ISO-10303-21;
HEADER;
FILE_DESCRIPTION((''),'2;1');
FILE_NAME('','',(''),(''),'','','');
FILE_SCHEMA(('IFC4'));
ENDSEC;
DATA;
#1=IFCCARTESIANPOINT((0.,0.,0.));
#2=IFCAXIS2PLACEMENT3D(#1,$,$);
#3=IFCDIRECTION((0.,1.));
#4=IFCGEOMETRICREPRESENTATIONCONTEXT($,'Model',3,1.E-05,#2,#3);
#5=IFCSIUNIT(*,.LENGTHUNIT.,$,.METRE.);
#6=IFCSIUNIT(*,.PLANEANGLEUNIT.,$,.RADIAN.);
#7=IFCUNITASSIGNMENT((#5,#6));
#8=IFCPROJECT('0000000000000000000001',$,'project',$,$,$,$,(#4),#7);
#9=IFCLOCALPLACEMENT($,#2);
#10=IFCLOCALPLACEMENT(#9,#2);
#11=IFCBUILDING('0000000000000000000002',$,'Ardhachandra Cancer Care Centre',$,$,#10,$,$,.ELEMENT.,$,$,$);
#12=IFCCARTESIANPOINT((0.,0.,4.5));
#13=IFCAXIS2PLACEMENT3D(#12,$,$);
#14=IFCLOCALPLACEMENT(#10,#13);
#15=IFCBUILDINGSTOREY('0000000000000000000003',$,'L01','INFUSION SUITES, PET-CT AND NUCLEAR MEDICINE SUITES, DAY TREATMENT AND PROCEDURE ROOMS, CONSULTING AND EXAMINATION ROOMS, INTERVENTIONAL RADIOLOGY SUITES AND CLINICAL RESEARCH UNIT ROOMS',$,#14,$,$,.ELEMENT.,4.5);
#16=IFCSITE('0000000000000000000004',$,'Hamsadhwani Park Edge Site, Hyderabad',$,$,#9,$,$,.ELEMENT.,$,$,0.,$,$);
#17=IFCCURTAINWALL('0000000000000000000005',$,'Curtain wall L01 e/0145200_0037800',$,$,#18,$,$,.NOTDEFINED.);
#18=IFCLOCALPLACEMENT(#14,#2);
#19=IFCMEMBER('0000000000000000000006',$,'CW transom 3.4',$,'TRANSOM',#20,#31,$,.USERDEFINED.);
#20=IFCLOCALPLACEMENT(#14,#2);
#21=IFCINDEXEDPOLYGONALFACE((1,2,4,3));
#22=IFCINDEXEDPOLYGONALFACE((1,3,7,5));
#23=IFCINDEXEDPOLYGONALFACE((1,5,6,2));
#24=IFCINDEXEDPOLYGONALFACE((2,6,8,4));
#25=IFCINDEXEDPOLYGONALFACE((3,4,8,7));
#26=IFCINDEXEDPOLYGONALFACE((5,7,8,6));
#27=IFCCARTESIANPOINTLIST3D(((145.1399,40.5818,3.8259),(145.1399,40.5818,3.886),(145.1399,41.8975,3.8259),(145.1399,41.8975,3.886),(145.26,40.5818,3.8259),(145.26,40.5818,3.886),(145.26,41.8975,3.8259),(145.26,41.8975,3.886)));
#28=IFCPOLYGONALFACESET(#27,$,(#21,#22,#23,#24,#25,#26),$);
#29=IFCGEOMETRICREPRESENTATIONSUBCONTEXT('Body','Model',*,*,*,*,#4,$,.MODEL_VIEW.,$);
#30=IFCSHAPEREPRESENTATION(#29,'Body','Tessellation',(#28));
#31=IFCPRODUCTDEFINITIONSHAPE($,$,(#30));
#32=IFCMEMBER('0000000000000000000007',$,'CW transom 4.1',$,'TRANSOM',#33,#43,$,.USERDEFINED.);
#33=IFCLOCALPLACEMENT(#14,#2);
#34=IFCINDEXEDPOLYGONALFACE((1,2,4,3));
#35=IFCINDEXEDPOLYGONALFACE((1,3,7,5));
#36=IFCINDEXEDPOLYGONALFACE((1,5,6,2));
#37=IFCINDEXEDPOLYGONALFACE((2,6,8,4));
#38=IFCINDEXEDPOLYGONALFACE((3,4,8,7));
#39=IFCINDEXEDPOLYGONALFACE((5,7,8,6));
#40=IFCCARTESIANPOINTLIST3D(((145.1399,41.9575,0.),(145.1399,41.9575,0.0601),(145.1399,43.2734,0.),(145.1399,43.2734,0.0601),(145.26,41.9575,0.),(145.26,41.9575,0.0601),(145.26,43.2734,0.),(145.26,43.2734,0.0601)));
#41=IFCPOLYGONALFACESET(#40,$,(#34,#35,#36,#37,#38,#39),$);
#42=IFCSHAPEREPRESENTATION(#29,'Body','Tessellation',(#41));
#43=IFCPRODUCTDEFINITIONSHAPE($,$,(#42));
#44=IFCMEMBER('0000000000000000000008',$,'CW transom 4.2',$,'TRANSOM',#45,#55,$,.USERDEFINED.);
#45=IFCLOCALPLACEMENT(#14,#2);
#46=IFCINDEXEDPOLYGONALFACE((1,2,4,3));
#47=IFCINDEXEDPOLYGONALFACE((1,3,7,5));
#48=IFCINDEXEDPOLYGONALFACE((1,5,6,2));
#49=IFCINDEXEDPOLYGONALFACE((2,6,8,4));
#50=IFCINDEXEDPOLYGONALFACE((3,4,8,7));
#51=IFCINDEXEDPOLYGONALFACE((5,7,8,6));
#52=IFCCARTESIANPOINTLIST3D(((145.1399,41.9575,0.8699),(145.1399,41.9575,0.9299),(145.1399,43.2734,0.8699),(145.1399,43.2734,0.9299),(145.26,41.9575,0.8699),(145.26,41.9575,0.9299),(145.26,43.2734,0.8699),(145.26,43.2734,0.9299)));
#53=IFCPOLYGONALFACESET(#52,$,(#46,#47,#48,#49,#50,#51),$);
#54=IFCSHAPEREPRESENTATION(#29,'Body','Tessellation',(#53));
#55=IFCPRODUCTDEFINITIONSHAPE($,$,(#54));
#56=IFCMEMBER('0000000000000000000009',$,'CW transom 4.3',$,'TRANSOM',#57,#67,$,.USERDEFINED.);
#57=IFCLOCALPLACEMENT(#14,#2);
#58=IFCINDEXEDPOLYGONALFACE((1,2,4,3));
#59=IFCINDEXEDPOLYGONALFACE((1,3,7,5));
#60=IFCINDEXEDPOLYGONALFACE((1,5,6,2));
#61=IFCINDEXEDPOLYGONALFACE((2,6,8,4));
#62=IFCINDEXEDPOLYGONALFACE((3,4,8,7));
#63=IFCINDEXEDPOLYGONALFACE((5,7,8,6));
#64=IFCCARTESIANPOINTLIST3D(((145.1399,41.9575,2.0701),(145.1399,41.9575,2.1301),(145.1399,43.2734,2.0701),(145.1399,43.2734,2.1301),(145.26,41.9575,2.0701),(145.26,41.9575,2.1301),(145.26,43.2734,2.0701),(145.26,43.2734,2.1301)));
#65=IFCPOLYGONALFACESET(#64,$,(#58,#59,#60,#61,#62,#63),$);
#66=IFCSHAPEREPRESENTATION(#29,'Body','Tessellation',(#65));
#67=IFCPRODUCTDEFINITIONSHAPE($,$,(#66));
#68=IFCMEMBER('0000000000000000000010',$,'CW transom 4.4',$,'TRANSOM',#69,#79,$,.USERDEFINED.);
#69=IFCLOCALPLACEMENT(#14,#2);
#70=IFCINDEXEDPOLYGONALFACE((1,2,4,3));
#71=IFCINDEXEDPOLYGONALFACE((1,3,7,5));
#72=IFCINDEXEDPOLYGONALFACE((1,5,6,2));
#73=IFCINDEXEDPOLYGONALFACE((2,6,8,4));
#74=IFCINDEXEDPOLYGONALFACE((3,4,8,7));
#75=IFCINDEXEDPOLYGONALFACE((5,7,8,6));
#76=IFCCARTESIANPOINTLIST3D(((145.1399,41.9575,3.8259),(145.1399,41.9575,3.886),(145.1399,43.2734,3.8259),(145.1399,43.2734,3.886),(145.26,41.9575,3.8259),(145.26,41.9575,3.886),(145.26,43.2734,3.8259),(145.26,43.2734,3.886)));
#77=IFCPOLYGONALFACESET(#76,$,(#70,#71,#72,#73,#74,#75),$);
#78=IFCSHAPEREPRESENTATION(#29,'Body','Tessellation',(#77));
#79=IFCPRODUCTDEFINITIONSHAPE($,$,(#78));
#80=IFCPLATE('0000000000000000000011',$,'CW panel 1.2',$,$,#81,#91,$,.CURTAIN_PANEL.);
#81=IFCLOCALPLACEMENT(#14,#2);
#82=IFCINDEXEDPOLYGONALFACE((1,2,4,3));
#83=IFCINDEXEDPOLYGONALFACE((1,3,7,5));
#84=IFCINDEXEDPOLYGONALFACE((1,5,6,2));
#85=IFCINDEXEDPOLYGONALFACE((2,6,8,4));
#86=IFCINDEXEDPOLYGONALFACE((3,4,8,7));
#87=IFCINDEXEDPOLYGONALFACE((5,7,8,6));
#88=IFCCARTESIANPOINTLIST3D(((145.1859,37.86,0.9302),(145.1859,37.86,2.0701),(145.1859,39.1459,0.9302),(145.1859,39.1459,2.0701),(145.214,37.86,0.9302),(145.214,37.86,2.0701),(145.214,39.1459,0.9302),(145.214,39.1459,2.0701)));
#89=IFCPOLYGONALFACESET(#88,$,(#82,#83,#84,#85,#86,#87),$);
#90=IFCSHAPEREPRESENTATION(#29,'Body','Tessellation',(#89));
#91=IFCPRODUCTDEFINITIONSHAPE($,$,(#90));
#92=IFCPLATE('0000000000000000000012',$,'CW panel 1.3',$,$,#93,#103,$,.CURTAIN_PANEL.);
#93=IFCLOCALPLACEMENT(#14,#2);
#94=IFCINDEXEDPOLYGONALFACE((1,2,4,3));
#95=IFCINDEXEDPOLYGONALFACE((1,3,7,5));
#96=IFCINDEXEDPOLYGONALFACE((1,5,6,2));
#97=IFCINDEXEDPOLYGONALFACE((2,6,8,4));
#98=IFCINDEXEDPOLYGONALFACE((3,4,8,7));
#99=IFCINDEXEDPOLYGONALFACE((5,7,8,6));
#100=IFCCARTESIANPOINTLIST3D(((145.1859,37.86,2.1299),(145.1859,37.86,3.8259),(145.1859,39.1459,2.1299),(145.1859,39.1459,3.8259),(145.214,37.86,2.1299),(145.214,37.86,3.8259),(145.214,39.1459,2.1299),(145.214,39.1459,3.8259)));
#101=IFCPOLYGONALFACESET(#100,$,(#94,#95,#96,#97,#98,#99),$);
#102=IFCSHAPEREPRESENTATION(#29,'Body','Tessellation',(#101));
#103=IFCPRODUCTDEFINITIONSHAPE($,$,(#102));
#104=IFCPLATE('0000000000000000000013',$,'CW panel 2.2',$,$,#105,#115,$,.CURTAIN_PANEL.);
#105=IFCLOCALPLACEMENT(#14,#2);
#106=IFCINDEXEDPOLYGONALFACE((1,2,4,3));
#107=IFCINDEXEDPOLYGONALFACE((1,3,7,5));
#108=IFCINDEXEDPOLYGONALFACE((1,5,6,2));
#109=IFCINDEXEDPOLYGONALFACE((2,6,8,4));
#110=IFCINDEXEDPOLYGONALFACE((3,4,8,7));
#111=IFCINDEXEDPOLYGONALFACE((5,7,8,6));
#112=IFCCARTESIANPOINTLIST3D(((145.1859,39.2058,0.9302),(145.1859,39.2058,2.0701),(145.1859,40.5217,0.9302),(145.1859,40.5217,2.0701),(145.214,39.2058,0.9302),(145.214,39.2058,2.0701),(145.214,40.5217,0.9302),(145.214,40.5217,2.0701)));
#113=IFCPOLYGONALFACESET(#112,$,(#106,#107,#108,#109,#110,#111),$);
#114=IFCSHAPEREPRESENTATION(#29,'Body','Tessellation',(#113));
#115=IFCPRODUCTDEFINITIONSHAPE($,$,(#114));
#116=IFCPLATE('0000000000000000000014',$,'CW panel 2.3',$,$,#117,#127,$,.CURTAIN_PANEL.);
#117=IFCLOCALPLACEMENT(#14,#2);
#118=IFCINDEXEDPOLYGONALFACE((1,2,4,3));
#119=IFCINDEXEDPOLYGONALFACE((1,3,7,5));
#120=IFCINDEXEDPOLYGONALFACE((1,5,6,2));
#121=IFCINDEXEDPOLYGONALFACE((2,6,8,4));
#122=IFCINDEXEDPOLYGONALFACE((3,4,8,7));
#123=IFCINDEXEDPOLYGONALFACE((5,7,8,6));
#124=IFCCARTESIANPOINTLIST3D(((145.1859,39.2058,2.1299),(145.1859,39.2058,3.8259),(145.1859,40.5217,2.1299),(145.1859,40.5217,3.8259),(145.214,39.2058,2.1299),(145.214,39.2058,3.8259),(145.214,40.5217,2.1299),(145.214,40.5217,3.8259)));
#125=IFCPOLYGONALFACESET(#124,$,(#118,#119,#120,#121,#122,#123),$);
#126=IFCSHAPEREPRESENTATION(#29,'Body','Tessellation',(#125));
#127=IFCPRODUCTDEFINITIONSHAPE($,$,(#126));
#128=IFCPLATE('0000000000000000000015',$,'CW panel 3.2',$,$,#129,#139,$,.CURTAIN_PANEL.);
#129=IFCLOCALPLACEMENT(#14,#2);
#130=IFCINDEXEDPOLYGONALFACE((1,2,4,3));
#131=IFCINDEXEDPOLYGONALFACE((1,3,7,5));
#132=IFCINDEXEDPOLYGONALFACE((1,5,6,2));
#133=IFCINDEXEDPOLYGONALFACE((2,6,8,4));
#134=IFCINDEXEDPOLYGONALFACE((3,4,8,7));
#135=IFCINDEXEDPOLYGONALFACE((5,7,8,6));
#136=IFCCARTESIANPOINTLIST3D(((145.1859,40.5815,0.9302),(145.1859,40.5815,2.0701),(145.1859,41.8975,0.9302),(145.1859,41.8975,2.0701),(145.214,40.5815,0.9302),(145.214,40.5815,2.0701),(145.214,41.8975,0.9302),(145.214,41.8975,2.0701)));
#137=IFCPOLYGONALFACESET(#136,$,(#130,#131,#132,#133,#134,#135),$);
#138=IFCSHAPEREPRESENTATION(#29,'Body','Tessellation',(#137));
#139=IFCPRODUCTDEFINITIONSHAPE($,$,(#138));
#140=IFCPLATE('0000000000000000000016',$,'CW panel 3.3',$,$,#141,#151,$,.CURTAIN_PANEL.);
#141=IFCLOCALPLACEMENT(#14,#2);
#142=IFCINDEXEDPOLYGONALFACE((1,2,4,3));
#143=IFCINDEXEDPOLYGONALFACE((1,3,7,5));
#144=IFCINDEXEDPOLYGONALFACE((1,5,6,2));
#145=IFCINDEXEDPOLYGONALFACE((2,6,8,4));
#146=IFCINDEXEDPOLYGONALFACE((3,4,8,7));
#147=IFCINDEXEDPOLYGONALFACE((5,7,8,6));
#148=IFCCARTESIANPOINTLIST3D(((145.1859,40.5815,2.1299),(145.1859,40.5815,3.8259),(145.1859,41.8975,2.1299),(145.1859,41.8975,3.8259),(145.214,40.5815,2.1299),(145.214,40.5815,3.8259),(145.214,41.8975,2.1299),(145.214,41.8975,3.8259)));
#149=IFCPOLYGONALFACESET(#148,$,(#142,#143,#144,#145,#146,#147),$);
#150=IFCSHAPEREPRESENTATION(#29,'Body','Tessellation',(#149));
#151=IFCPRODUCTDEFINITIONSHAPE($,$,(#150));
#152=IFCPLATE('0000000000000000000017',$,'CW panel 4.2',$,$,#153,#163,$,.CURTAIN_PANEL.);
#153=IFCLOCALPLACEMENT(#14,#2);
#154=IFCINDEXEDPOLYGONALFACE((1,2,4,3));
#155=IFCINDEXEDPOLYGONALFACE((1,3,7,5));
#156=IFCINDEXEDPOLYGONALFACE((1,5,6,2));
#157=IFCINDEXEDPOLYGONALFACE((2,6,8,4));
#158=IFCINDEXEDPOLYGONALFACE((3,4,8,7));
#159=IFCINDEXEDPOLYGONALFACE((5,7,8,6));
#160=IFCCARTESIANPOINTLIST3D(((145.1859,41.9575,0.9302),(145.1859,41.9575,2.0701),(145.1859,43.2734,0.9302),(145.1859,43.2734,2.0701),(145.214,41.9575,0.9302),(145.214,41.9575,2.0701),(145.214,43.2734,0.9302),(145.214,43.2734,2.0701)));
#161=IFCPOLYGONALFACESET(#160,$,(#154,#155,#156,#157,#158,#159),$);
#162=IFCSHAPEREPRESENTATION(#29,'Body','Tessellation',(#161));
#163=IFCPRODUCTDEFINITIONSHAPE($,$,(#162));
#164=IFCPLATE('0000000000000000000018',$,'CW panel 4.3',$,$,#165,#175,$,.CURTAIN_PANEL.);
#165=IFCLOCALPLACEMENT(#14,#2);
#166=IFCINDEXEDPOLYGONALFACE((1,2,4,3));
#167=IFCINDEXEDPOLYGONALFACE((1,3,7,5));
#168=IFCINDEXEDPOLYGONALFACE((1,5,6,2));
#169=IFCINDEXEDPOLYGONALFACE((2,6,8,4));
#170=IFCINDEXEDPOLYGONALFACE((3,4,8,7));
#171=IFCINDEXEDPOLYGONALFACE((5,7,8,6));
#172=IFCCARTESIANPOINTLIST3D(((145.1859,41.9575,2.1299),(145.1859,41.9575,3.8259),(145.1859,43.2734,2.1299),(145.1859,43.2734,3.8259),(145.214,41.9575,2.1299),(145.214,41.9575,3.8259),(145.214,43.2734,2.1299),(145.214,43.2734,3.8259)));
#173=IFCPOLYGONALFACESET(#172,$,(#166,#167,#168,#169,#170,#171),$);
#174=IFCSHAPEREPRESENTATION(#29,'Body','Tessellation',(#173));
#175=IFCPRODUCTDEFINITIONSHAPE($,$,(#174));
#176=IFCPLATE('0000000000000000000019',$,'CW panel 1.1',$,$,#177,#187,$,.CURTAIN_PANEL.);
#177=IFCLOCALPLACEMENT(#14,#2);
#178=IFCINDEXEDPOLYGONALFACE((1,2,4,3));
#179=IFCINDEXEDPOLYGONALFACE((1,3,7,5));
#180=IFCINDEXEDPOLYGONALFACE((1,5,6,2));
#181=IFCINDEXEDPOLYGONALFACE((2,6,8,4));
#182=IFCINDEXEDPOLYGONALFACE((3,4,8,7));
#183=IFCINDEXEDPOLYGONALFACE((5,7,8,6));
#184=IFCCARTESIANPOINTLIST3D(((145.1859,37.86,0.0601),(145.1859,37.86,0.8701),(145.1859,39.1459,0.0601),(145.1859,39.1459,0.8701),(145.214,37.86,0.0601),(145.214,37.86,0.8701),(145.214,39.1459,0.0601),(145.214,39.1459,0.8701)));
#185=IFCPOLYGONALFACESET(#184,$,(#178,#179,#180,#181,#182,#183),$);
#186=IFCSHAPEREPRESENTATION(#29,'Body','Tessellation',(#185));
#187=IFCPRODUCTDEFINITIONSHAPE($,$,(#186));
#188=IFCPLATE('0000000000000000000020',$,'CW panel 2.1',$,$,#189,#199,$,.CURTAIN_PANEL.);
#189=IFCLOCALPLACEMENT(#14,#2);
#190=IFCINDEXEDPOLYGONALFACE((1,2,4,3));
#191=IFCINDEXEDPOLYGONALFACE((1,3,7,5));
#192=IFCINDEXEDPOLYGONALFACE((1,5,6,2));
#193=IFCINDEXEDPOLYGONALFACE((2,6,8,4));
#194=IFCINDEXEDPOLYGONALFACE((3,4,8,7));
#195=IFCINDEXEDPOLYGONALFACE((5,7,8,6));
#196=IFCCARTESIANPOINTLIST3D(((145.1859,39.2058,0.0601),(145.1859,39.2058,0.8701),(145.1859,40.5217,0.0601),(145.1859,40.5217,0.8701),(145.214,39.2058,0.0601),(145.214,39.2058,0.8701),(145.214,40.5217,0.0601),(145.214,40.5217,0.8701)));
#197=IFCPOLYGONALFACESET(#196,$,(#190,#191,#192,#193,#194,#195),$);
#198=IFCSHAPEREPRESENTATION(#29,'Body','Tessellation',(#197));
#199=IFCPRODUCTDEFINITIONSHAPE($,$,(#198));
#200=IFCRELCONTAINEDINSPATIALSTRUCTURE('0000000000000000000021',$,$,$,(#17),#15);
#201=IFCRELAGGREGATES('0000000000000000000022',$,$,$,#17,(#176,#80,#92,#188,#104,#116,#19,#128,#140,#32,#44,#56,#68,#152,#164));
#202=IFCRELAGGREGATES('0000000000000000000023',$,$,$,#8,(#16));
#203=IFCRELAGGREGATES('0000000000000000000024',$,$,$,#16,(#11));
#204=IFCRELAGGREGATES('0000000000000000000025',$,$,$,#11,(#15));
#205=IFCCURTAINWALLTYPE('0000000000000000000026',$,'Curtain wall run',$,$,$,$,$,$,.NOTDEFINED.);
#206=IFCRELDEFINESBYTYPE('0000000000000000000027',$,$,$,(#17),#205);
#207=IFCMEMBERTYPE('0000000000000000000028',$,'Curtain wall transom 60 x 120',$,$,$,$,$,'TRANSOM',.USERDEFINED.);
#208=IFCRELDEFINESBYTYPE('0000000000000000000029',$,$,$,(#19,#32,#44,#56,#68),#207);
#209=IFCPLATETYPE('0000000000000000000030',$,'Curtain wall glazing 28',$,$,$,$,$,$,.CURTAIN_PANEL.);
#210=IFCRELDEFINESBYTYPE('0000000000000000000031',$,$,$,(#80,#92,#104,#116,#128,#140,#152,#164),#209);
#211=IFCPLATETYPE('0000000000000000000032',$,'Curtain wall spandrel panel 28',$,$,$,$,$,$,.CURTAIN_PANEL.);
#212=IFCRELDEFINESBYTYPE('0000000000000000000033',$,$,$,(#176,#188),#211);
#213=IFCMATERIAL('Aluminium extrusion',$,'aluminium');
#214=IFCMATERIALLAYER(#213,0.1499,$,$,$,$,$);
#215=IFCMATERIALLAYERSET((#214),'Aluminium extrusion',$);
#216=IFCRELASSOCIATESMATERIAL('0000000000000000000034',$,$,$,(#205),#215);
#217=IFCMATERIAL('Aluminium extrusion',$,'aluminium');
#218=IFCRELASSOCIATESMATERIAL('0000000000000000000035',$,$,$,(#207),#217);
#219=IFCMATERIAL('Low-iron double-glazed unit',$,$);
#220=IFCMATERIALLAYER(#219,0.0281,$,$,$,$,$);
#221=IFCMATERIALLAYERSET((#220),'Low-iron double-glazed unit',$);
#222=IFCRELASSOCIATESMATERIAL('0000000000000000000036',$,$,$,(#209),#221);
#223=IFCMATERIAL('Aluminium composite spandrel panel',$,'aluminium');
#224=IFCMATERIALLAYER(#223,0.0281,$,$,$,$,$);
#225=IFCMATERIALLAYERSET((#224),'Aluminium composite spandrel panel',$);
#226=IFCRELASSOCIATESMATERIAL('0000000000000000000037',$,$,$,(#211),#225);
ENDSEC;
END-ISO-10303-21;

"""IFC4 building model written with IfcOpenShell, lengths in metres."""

from ifc_helpers import new_model, si_unit, direction, frame, origin, origin_2d, place, context, subcontext, project, spatial, rectangle, extrude, material, layer, layer_set, material_profile, profile_set, type_object, element, aggregate, save


model = new_model("IFC4")

# Units and contexts
model_context = context("Model", 3, precision=1e-05, world=origin(), true_north=direction((0.0, 1.0)))
body_context = subcontext(model_context, "Body", "Model", "MODEL_VIEW")
ifc_project = project(units=[si_unit("LENGTHUNIT", "METRE"), si_unit("PLANEANGLEUNIT", "RADIAN")], contexts=[model_context])

# Site, building, storey
site_placement = place(None, origin())
site = spatial("IfcSite", under=ifc_project, at=site_placement, Name="Hamsadhwani Park Edge Site, Hyderabad", CompositionType="ELEMENT", RefElevation=0.0)
building_placement = place(site_placement, origin())
building = spatial("IfcBuilding", under=site, at=building_placement, Name="Ardhachandra Cancer Care Centre", CompositionType="ELEMENT")
storey_placement = place(building_placement, frame((0.0, 0.0, 4.5)))
storey = spatial("IfcBuildingStorey", under=building, at=storey_placement, Name="L01", Description="INFUSION SUITES, PET-CT AND NUCLEAR MEDICINE SUITES, DAY TREATMENT AND PROCEDURE ROOMS, CONSULTING AND EXAMINATION ROOMS, INTERVENTIONAL RADIOLOGY SUITES AND CLINICAL RESEARCH UNIT ROOMS", CompositionType="ELEMENT", Elevation=4.5)

# Curtain wall, members, plates
ifc_material_1 = material(Name="Aluminium extrusion", Category="aluminium")
ifc_layer_1 = layer(ifc_material_1, 0.1499)
ifc_layer_set_1 = layer_set([ifc_layer_1], Name="Aluminium extrusion")
curtain_wall_type = type_object("IfcCurtainWallType", Name="Curtain wall run", PredefinedType="NOTDEFINED", material=ifc_layer_set_1)
curtain_wall_placement = place(storey_placement, origin())
curtain_wall = element("IfcCurtainWall", 1, at=curtain_wall_placement, inside=storey, type_object=curtain_wall_type, Name="Curtain wall L01 e/0145200_0037800", PredefinedType="NOTDEFINED")
ifc_material_2 = material(Name="Aluminium extrusion", Category="aluminium")
ifc_material_profile_1 = material_profile(ifc_material_2, rectangle(XDim=0.1201, YDim=0.0601, at=origin_2d()), Name="Curtain wall transom 60 x 120")
ifc_profile_set_1 = profile_set([ifc_material_profile_1], Name="Aluminium extrusion")
member_type_1 = type_object("IfcMemberType", Name="Curtain wall transom 60 x 120", ElementType="TRANSOM", PredefinedType="USERDEFINED", material=ifc_profile_set_1)
member_1_placement = place(storey_placement, frame((145.2, 40.5818, 3.856), z_axis=(0.0, 1.0, 0.0), x_axis=(-1.0, 0.0, 0.0)))
member_1 = element("IfcMember", 2, at=member_1_placement, type_object=member_type_1, Name="CW transom 3.4", ObjectType="TRANSOM", PredefinedType="USERDEFINED", context=body_context, shape_type="SweptSolid", body=[
    extrude(rectangle(XDim=0.1201, YDim=0.0601, at=origin_2d()), origin(), (0.0, 0.0, 1.0), 1.3157),
])
member_2_placement = place(storey_placement, frame((145.2, 41.9575, 0.03), z_axis=(0.0, 1.0, 0.0), x_axis=(-1.0, 0.0, 0.0)))
member_2 = element("IfcMember", 3, at=member_2_placement, type_object=member_type_1, Name="CW transom 4.1", ObjectType="TRANSOM", PredefinedType="USERDEFINED", context=body_context, shape_type="SweptSolid", body=[
    extrude(rectangle(XDim=0.1201, YDim=0.0601, at=origin_2d()), origin(), (0.0, 0.0, 1.0), 1.3159),
])
member_3_placement = place(storey_placement, frame((145.2, 41.9575, 0.8999), z_axis=(0.0, 1.0, 0.0), x_axis=(-1.0, 0.0, 0.0)))
member_3 = element("IfcMember", 4, at=member_3_placement, type_object=member_type_1, Name="CW transom 4.2", ObjectType="TRANSOM", PredefinedType="USERDEFINED", context=body_context, shape_type="SweptSolid", body=[
    extrude(rectangle(XDim=0.1201, YDim=0.0601, at=origin_2d()), origin(), (0.0, 0.0, 1.0), 1.3159),
])
member_4_placement = place(storey_placement, frame((145.2, 41.9575, 2.1001), z_axis=(0.0, 1.0, 0.0), x_axis=(-1.0, 0.0, 0.0)))
member_4 = element("IfcMember", 5, at=member_4_placement, type_object=member_type_1, Name="CW transom 4.3", ObjectType="TRANSOM", PredefinedType="USERDEFINED", context=body_context, shape_type="SweptSolid", body=[
    extrude(rectangle(XDim=0.1201, YDim=0.0601, at=origin_2d()), origin(), (0.0, 0.0, 1.0), 1.3159),
])
member_5_placement = place(storey_placement, frame((145.2, 41.9575, 3.856), z_axis=(0.0, 1.0, 0.0), x_axis=(-1.0, 0.0, 0.0)))
member_5 = element("IfcMember", 6, at=member_5_placement, type_object=member_type_1, Name="CW transom 4.4", ObjectType="TRANSOM", PredefinedType="USERDEFINED", context=body_context, shape_type="SweptSolid", body=[
    extrude(rectangle(XDim=0.1201, YDim=0.0601, at=origin_2d()), origin(), (0.0, 0.0, 1.0), 1.3159),
])
ifc_material_3 = material(Name="Low-iron double-glazed unit")
ifc_layer_2 = layer(ifc_material_3, 0.0281)
ifc_layer_set_2 = layer_set([ifc_layer_2], Name="Low-iron double-glazed unit")
plate_type_1 = type_object("IfcPlateType", Name="Curtain wall glazing 28", PredefinedType="CURTAIN_PANEL", material=ifc_layer_set_2)
plate_1_placement = place(storey_placement, frame((145.2, 38.5029, 0.9302), z_axis=(0.0, 0.0, 1.0), x_axis=(0.0, 1.0, 0.0)))
plate_1 = element("IfcPlate", 7, at=plate_1_placement, type_object=plate_type_1, Name="CW panel 1.2", PredefinedType="CURTAIN_PANEL", context=body_context, shape_type="SweptSolid", body=[
    extrude(rectangle(XDim=1.2859, YDim=0.0281, at=origin_2d()), origin(), (0.0, 0.0, 1.0), 1.1399),
])
plate_2_placement = place(storey_placement, frame((145.2, 38.5029, 2.1299), z_axis=(0.0, 0.0, 1.0), x_axis=(0.0, 1.0, 0.0)))
plate_2 = element("IfcPlate", 8, at=plate_2_placement, type_object=plate_type_1, Name="CW panel 1.3", PredefinedType="CURTAIN_PANEL", context=body_context, shape_type="SweptSolid", body=[
    extrude(rectangle(XDim=1.2859, YDim=0.0281, at=origin_2d()), origin(), (0.0, 0.0, 1.0), 1.696),
])
plate_3_placement = place(storey_placement, frame((145.2, 39.8638, 0.9302), z_axis=(0.0, 0.0, 1.0), x_axis=(0.0, 1.0, 0.0)))
plate_3 = element("IfcPlate", 9, at=plate_3_placement, type_object=plate_type_1, Name="CW panel 2.2", PredefinedType="CURTAIN_PANEL", context=body_context, shape_type="SweptSolid", body=[
    extrude(rectangle(XDim=1.3159, YDim=0.0281, at=origin_2d()), origin(), (0.0, 0.0, 1.0), 1.1399),
])
plate_4_placement = place(storey_placement, frame((145.2, 39.8638, 2.1299), z_axis=(0.0, 0.0, 1.0), x_axis=(0.0, 1.0, 0.0)))
plate_4 = element("IfcPlate", 10, at=plate_4_placement, type_object=plate_type_1, Name="CW panel 2.3", PredefinedType="CURTAIN_PANEL", context=body_context, shape_type="SweptSolid", body=[
    extrude(rectangle(XDim=1.3159, YDim=0.0281, at=origin_2d()), origin(), (0.0, 0.0, 1.0), 1.696),
])
plate_5_placement = place(storey_placement, frame((145.2, 41.2395, 0.9302), z_axis=(0.0, 0.0, 1.0), x_axis=(0.0, 1.0, 0.0)))
plate_5 = element("IfcPlate", 11, at=plate_5_placement, type_object=plate_type_1, Name="CW panel 3.2", PredefinedType="CURTAIN_PANEL", context=body_context, shape_type="SweptSolid", body=[
    extrude(rectangle(XDim=1.3159, YDim=0.0281, at=origin_2d()), origin(), (0.0, 0.0, 1.0), 1.1399),
])
plate_6_placement = place(storey_placement, frame((145.2, 41.2395, 2.1299), z_axis=(0.0, 0.0, 1.0), x_axis=(0.0, 1.0, 0.0)))
plate_6 = element("IfcPlate", 12, at=plate_6_placement, type_object=plate_type_1, Name="CW panel 3.3", PredefinedType="CURTAIN_PANEL", context=body_context, shape_type="SweptSolid", body=[
    extrude(rectangle(XDim=1.3159, YDim=0.0281, at=origin_2d()), origin(), (0.0, 0.0, 1.0), 1.696),
])
plate_7_placement = place(storey_placement, frame((145.2, 42.6155, 0.9302), z_axis=(0.0, 0.0, 1.0), x_axis=(0.0, 1.0, 0.0)))
plate_7 = element("IfcPlate", 13, at=plate_7_placement, type_object=plate_type_1, Name="CW panel 4.2", PredefinedType="CURTAIN_PANEL", context=body_context, shape_type="SweptSolid", body=[
    extrude(rectangle(XDim=1.3159, YDim=0.0281, at=origin_2d()), origin(), (0.0, 0.0, 1.0), 1.1399),
])
plate_8_placement = place(storey_placement, frame((145.2, 42.6155, 2.1299), z_axis=(0.0, 0.0, 1.0), x_axis=(0.0, 1.0, 0.0)))
plate_8 = element("IfcPlate", 14, at=plate_8_placement, type_object=plate_type_1, Name="CW panel 4.3", PredefinedType="CURTAIN_PANEL", context=body_context, shape_type="SweptSolid", body=[
    extrude(rectangle(XDim=1.3159, YDim=0.0281, at=origin_2d()), origin(), (0.0, 0.0, 1.0), 1.696),
])
ifc_material_4 = material(Name="Aluminium composite spandrel panel", Category="aluminium")
ifc_layer_3 = layer(ifc_material_4, 0.0281)
ifc_layer_set_3 = layer_set([ifc_layer_3], Name="Aluminium composite spandrel panel")
plate_type_2 = type_object("IfcPlateType", Name="Curtain wall spandrel panel 28", PredefinedType="CURTAIN_PANEL", material=ifc_layer_set_3)
plate_9_placement = place(storey_placement, frame((145.2, 38.5029, 0.0601), z_axis=(0.0, 0.0, 1.0), x_axis=(0.0, 1.0, 0.0)))
plate_9 = element("IfcPlate", 15, at=plate_9_placement, type_object=plate_type_2, Name="CW panel 1.1", PredefinedType="CURTAIN_PANEL", context=body_context, shape_type="SweptSolid", body=[
    extrude(rectangle(XDim=1.2859, YDim=0.0281, at=origin_2d()), origin(), (0.0, 0.0, 1.0), 0.8101),
])
plate_10_placement = place(storey_placement, frame((145.2, 39.8638, 0.0601), z_axis=(0.0, 0.0, 1.0), x_axis=(0.0, 1.0, 0.0)))
plate_10 = element("IfcPlate", 16, at=plate_10_placement, type_object=plate_type_2, Name="CW panel 2.1", PredefinedType="CURTAIN_PANEL", context=body_context, shape_type="SweptSolid", body=[
    extrude(rectangle(XDim=1.3159, YDim=0.0281, at=origin_2d()), origin(), (0.0, 0.0, 1.0), 0.8101),
])
aggregate(curtain_wall, [plate_9, plate_1, plate_2, plate_10, plate_3, plate_4, member_1, plate_5, plate_6, member_2, member_3, member_4, member_5, plate_7, plate_8])

save(model, "model.ifc")
